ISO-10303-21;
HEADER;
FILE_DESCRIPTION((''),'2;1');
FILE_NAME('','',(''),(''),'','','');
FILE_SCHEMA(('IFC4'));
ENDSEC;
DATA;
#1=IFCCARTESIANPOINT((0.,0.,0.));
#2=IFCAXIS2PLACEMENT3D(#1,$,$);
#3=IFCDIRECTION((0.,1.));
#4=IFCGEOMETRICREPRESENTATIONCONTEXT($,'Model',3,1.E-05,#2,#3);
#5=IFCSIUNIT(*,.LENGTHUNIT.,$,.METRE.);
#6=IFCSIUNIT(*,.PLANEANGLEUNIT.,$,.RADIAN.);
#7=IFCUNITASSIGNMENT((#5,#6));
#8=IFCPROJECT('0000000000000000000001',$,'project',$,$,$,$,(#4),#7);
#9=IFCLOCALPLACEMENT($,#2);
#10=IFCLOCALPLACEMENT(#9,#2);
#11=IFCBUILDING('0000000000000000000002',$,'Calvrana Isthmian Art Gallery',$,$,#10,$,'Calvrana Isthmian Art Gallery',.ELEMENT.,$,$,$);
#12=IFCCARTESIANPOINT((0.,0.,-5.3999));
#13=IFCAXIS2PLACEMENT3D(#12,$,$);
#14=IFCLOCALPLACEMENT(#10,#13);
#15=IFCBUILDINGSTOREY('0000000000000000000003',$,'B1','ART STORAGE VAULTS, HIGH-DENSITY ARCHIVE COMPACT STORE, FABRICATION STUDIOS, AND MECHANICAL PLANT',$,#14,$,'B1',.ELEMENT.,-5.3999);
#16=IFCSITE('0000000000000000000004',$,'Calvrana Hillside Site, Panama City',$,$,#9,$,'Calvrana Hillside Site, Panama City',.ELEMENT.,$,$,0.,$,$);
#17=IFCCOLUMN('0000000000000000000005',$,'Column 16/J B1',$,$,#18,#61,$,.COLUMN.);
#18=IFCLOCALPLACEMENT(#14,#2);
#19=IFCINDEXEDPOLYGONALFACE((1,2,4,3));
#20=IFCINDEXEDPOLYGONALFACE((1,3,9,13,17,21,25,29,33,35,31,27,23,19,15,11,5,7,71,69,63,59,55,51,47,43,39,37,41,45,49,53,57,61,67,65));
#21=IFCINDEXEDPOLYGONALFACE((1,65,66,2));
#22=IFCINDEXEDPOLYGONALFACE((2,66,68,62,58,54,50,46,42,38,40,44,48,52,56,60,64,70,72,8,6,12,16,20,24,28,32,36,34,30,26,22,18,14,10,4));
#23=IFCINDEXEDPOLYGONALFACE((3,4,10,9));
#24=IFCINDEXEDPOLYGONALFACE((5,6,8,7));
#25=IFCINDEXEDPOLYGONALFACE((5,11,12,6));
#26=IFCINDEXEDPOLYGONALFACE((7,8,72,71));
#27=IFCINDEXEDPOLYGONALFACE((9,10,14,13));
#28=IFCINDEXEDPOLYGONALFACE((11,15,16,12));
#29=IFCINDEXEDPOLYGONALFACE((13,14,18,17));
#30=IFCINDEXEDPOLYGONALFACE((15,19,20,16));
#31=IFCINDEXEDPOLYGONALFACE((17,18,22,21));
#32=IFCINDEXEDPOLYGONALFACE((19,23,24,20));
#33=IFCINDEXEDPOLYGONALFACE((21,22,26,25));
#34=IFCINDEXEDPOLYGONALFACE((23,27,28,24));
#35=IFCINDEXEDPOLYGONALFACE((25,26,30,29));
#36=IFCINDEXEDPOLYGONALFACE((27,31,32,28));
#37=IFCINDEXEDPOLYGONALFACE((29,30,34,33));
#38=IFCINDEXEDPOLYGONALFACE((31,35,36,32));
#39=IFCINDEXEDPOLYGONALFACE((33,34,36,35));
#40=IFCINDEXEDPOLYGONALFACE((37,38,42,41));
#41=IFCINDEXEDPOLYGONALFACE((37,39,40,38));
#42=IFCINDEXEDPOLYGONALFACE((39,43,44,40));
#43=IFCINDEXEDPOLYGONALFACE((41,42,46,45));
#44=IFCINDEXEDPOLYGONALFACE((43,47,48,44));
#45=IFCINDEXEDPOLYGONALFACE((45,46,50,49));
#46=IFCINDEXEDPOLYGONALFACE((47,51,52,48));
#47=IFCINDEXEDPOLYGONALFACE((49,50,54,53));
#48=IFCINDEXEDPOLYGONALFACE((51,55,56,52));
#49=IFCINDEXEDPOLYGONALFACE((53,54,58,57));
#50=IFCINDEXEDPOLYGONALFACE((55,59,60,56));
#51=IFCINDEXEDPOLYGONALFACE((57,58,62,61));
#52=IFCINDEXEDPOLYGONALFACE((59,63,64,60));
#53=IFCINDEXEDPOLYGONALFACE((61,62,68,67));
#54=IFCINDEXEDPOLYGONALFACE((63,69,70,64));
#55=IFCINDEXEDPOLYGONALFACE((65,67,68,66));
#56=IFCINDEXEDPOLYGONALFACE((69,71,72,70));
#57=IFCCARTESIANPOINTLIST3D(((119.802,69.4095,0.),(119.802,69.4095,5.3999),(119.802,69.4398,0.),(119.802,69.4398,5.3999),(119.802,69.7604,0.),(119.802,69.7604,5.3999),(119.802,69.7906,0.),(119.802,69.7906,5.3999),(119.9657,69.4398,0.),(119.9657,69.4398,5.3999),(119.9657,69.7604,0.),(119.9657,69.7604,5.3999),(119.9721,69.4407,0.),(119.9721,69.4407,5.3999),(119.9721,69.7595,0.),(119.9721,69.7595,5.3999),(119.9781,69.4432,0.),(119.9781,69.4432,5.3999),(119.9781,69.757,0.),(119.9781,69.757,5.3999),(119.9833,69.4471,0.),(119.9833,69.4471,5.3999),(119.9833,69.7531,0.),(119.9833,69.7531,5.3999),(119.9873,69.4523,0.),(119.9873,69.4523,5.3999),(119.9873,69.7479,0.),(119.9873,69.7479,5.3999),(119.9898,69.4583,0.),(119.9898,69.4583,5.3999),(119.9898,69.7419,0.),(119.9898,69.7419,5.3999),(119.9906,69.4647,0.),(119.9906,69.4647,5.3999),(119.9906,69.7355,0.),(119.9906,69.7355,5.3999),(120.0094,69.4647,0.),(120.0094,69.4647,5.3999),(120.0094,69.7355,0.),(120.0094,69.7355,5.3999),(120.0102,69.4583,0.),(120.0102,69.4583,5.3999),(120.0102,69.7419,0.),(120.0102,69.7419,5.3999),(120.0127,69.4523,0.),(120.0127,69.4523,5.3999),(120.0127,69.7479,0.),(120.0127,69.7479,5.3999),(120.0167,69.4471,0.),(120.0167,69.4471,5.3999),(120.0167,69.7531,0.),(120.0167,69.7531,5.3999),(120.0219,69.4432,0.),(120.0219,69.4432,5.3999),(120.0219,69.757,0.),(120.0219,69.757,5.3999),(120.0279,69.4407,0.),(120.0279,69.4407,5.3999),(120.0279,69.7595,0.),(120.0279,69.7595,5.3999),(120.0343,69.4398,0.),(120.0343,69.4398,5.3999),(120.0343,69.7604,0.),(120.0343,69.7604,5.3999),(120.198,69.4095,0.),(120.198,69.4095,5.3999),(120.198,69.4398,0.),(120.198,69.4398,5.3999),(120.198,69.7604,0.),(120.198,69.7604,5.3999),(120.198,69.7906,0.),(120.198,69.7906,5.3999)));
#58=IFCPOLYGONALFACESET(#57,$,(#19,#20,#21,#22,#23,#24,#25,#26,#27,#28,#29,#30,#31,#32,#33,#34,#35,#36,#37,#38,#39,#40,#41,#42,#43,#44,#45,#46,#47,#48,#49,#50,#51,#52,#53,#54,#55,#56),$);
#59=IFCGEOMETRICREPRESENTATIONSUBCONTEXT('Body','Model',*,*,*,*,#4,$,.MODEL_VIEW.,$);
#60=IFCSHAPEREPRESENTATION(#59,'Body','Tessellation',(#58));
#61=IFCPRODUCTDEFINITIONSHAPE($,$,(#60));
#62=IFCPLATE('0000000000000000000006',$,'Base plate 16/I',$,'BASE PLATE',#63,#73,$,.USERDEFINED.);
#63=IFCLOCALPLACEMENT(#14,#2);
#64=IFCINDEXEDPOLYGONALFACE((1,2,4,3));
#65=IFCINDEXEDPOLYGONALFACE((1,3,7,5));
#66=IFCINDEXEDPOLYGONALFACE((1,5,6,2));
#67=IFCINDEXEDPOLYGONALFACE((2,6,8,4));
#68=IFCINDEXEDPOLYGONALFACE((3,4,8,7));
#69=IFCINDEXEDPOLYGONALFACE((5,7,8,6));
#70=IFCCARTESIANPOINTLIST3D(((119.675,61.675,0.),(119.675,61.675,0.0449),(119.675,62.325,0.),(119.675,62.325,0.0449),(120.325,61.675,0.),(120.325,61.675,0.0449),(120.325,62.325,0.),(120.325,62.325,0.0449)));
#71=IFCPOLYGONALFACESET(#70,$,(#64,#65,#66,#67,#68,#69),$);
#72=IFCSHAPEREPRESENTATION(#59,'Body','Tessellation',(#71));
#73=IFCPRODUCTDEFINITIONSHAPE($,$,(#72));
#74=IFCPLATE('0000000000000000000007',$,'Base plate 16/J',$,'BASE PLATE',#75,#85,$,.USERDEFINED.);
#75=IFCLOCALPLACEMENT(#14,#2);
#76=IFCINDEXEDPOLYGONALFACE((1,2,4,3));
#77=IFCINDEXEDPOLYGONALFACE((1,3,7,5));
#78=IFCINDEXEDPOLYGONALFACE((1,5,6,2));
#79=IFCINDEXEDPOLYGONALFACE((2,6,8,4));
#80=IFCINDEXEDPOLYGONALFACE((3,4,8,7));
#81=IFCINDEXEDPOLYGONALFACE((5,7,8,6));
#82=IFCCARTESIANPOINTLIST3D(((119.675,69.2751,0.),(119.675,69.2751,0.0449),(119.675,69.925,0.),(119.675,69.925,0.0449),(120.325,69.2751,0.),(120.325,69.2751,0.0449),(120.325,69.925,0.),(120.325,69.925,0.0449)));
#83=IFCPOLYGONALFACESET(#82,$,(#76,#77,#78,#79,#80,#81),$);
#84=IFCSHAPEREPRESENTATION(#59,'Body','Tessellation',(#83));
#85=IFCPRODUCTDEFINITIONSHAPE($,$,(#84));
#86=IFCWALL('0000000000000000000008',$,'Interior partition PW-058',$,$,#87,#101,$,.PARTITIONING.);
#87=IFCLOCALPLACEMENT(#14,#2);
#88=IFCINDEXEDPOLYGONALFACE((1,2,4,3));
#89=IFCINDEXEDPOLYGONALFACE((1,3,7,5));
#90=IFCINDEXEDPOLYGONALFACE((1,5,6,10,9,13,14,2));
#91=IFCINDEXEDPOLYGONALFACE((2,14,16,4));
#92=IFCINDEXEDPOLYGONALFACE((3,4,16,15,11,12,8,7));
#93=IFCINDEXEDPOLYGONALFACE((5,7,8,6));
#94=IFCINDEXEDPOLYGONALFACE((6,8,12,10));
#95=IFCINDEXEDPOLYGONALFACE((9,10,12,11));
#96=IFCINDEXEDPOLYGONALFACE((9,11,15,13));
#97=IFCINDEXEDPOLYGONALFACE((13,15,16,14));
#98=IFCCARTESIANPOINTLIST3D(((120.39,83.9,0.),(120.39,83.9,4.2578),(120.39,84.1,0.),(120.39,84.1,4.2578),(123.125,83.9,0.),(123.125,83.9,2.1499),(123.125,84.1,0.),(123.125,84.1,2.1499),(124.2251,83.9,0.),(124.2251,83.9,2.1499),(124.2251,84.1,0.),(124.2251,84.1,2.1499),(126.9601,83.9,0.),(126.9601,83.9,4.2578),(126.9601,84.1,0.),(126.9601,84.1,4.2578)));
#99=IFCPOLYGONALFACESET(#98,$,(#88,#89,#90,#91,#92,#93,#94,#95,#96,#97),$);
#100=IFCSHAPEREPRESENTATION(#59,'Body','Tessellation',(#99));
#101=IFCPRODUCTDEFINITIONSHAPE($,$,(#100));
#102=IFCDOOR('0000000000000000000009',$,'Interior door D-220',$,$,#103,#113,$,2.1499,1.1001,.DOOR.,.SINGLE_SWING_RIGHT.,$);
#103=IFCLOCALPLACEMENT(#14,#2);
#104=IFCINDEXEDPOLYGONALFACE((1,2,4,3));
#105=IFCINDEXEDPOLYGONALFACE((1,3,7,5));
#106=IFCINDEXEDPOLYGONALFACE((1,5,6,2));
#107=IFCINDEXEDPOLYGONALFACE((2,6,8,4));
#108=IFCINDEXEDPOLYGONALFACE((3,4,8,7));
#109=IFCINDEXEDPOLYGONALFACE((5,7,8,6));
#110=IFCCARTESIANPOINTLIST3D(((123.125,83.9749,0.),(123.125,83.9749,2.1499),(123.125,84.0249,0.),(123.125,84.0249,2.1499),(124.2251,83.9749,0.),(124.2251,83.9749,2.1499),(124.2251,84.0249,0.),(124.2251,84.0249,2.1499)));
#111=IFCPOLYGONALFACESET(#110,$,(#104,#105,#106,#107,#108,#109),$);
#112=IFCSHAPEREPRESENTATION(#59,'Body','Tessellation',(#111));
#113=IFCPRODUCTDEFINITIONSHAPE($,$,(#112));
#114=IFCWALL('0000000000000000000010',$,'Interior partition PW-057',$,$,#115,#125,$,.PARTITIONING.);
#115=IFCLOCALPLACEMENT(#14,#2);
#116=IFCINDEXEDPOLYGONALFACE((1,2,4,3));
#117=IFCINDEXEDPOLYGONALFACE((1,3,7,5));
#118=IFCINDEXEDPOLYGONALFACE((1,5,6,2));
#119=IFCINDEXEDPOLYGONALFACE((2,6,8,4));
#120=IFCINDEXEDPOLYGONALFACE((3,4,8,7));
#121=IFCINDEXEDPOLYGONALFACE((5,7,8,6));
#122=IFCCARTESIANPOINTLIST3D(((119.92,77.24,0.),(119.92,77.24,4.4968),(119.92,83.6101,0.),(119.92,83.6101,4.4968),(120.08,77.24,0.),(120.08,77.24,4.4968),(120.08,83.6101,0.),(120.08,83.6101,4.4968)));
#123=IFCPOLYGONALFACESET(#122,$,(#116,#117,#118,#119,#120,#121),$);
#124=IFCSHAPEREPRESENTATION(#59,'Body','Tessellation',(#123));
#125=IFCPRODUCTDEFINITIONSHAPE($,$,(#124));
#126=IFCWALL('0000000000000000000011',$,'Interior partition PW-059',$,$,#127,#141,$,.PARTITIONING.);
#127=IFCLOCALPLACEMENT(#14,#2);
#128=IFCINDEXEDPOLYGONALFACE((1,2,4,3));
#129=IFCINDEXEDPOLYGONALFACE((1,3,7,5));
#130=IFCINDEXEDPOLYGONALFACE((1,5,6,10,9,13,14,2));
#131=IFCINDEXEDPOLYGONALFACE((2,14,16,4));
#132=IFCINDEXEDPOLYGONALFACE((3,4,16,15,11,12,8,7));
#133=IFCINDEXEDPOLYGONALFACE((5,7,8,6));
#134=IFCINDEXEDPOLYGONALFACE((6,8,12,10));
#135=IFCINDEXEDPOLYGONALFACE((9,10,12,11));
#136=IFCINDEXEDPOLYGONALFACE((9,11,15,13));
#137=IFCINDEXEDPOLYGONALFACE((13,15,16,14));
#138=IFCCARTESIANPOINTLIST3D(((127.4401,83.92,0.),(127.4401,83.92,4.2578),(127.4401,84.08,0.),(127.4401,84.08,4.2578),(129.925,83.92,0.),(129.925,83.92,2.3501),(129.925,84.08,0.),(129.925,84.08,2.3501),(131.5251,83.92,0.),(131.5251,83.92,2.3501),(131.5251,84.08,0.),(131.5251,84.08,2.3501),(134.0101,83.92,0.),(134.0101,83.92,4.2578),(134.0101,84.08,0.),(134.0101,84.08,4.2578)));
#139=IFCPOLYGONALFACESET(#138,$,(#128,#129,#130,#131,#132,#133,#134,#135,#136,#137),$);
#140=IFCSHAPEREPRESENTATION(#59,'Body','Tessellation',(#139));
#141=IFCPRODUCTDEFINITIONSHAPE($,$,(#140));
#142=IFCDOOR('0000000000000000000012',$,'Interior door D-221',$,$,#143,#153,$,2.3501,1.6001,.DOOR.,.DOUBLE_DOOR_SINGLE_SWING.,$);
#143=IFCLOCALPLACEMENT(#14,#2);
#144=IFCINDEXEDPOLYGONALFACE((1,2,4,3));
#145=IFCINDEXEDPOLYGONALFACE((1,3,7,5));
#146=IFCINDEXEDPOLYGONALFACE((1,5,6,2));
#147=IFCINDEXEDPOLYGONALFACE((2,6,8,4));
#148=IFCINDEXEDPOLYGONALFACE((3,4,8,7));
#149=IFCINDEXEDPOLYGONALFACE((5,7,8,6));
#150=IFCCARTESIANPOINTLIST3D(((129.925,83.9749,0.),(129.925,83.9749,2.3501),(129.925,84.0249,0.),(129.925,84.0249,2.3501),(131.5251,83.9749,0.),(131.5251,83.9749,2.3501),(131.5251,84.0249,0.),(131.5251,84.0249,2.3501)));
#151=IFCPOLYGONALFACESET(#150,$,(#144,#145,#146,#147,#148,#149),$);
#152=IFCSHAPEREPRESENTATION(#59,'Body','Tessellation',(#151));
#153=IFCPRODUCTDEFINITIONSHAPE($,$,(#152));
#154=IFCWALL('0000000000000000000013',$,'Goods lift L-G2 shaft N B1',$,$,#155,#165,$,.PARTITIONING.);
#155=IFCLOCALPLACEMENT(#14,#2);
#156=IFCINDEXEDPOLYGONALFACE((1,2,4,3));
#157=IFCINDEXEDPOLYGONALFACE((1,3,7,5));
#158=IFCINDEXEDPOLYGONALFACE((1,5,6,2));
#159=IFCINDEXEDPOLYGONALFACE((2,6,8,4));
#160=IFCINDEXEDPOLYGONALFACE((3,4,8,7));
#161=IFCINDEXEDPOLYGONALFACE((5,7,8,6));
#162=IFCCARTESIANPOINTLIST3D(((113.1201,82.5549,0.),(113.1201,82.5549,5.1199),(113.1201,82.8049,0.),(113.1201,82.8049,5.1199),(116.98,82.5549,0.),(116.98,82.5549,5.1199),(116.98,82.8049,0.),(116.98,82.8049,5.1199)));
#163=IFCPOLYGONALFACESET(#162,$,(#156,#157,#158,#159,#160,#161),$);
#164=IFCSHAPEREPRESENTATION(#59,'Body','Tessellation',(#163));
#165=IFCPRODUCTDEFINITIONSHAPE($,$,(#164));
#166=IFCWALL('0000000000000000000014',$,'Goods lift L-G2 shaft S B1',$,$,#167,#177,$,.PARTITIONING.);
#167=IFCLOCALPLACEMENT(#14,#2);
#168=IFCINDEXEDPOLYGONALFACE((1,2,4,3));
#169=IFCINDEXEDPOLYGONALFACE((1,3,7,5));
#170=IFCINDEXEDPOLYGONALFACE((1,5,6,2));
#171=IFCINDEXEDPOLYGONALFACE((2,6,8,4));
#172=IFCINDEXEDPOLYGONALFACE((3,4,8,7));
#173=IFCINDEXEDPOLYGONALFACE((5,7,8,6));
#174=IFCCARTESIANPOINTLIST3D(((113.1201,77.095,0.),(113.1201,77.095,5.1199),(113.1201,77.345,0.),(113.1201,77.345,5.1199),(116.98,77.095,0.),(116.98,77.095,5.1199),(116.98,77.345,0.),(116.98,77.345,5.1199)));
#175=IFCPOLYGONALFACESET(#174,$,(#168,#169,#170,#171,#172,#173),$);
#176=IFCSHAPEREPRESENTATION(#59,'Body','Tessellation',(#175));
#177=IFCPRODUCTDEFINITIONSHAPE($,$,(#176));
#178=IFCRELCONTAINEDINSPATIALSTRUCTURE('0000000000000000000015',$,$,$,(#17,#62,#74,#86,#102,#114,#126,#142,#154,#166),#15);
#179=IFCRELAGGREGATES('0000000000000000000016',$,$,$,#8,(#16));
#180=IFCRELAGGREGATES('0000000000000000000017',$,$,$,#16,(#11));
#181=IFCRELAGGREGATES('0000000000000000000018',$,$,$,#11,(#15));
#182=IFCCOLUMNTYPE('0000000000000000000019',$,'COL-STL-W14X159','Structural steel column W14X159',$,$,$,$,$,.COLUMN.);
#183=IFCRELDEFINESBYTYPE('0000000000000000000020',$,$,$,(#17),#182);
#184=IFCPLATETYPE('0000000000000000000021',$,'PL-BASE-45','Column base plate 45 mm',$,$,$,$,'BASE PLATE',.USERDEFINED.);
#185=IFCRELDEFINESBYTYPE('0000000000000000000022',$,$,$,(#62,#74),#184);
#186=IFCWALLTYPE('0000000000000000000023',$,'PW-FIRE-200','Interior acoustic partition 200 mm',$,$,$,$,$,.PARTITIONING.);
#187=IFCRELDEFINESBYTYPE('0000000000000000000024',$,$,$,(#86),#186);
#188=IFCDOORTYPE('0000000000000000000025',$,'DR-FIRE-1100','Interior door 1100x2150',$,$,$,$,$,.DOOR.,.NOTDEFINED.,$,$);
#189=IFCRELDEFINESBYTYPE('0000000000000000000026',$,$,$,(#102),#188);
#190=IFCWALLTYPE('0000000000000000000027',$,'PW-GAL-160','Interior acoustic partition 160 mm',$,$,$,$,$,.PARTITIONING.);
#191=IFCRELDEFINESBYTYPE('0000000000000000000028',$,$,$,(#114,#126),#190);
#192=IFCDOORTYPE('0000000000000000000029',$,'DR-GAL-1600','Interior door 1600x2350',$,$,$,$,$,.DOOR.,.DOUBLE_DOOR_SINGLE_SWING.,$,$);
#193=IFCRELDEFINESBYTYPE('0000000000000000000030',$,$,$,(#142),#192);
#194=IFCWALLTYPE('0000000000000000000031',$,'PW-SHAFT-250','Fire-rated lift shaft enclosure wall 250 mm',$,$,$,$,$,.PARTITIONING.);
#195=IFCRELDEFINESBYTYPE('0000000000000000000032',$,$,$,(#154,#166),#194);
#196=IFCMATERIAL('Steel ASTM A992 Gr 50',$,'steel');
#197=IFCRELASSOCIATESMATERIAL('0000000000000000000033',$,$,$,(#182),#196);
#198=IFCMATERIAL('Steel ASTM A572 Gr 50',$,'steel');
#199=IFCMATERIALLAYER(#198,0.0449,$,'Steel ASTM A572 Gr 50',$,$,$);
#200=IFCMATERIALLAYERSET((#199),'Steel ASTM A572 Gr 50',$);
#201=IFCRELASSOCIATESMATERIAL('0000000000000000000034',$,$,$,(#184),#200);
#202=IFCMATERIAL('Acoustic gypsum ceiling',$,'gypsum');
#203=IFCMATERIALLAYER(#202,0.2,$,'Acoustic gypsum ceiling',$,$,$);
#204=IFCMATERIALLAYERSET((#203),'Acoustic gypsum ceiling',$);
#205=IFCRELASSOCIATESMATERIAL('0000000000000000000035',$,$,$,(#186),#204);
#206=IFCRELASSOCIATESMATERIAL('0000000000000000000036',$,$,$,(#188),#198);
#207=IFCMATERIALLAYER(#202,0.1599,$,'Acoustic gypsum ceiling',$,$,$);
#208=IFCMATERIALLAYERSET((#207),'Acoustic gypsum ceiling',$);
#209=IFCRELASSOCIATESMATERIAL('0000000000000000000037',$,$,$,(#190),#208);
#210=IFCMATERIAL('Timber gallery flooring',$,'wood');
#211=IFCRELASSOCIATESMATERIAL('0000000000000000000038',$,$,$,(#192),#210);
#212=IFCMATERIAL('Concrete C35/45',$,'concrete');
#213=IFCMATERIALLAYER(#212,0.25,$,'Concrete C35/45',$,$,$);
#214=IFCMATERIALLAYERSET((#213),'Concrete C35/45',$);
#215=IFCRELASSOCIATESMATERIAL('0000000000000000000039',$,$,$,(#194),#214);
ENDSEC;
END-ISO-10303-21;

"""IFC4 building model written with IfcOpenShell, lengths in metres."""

from ifc_helpers import new_model, si_unit, direction, frame, frame_2d, origin, origin_2d, place, context, subcontext, project, spatial, rectangle, i_section, extrude, material, layer, layer_set, material_profile, profile_set, type_object, element, fill, save


model = new_model("IFC4")

# Units and contexts
model_context = context("Model", 3, precision=1e-05, world=origin(), true_north=direction((0.0, 1.0)))
body_context = subcontext(model_context, "Body", "Model", "MODEL_VIEW")
ifc_project = project(units=[si_unit("LENGTHUNIT", "METRE"), si_unit("PLANEANGLEUNIT", "RADIAN")], contexts=[model_context])

# Site, building, storey
site_placement = place(None, origin())
site = spatial("IfcSite", under=ifc_project, at=site_placement, Name="Calvrana Hillside Site, Panama City", LongName="Calvrana Hillside Site, Panama City", CompositionType="ELEMENT", RefElevation=0.0)
building_placement = place(site_placement, origin())
building = spatial("IfcBuilding", under=site, at=building_placement, Name="Calvrana Isthmian Art Gallery", LongName="Calvrana Isthmian Art Gallery", CompositionType="ELEMENT")
storey_placement = place(building_placement, frame((0.0, 0.0, -5.3999)))
storey = spatial("IfcBuildingStorey", under=building, at=storey_placement, Name="B1", Description="ART STORAGE VAULTS, HIGH-DENSITY ARCHIVE COMPACT STORE, FABRICATION STUDIOS, AND MECHANICAL PLANT", LongName="B1", CompositionType="ELEMENT", Elevation=-5.3999)

# Shared definitions
ifc_material_1 = material(Name="Concrete C35/45", Category="concrete")

# Column
ifc_material_2 = material(Name="Steel ASTM A992 Gr 50", Category="steel")
ifc_material_profile_1 = material_profile(ifc_material_2, i_section(OverallWidth=0.396, OverallDepth=0.3811, WebThickness=0.0188, FlangeThickness=0.0303, FilletRadius=0.0249, at=origin_2d()), Name="W14X159")
ifc_profile_set_1 = profile_set([ifc_material_profile_1], Name="Steel ASTM A992 Gr 50")
column_type_1 = type_object("IfcColumnType", Name="COL-STL-W14X159", Description="Structural steel column W14X159", PredefinedType="COLUMN", material=ifc_profile_set_1)
column_placement = place(storey_placement, frame((120.0, 69.6001, 0.0), z_axis=(0.0, 0.0, 1.0), x_axis=(1.0, 0.0, 0.0)))
element("IfcColumn", 1, at=column_placement, inside=storey, type_object=column_type_1, Name="Column 16/J B1", PredefinedType="COLUMN", context=body_context, shape_type="SweptSolid", body=[
    extrude(i_section(OverallWidth=0.396, OverallDepth=0.3811, WebThickness=0.0188, FlangeThickness=0.0303, FilletRadius=0.0249, at=origin_2d()), origin(), (0.0, 0.0, 1.0), 5.3999),
])

# Plates
ifc_material_3 = material(Name="Steel ASTM A572 Gr 50", Category="steel")
ifc_layer_1 = layer(ifc_material_3, 0.0449, Name="Steel ASTM A572 Gr 50")
ifc_layer_set_1 = layer_set([ifc_layer_1], Name="Steel ASTM A572 Gr 50")
plate_type = type_object("IfcPlateType", Name="PL-BASE-45", Description="Column base plate 45 mm", ElementType="BASE PLATE", PredefinedType="USERDEFINED", material=ifc_layer_set_1)
for number, where, z_axis, x_axis, name in (
    (2, (120.0, 62.0, 0.0), (0.0, 0.0, 1.0), (1.0, 0.0, 0.0), "Base plate 16/I"),
    (3, (120.0, 69.6001, 0.0), (0.0, 0.0, 1.0), (1.0, 0.0, 0.0), "Base plate 16/J"),
):
    element("IfcPlate", number, at=place(storey_placement, frame(where, z_axis=z_axis, x_axis=x_axis)), inside=storey, type_object=plate_type, Name=name, ObjectType="BASE PLATE", PredefinedType="USERDEFINED", context=body_context, shape_type="SweptSolid", body=[
        extrude(rectangle(XDim=0.6499, YDim=0.6499, at=origin_2d()), origin(), (0.0, 0.0, 1.0), 0.0449),
    ])

# Wall, opening, door
ifc_material_4 = material(Name="Acoustic gypsum ceiling", Category="gypsum")
ifc_layer_2 = layer(ifc_material_4, 0.2, Name="Acoustic gypsum ceiling")
ifc_layer_set_2 = layer_set([ifc_layer_2], Name="Acoustic gypsum ceiling")
wall_type_1 = type_object("IfcWallType", Name="PW-FIRE-200", Description="Interior acoustic partition 200 mm", PredefinedType="PARTITIONING", material=ifc_layer_set_2)
wall_1_placement = place(storey_placement, frame((120.3899, 84.0, 0.0), z_axis=(0.0, 0.0, 1.0), x_axis=(1.0, 0.0, 0.0)))
wall_1 = element("IfcWall", 4, at=wall_1_placement, inside=storey, type_object=wall_type_1, Name="Interior partition PW-058", PredefinedType="PARTITIONING", context=body_context, shape_type="SweptSolid", body=[
    extrude(rectangle(XDim=6.5701, YDim=0.2, at=frame_2d((3.2852, 0.0))), origin(), (0.0, 0.0, 1.0), 4.2578),
])
opening_1_placement = place(wall_1_placement, frame((2.7351, 0.0, 0.0)))
opening_1 = element("IfcOpeningElement", 5, at=opening_1_placement, cuts=wall_1, PredefinedType="OPENING", context=body_context, shape_type="SweptSolid", body=[
    extrude(rectangle(XDim=1.1001, YDim=2.1499, at=frame_2d((0.55, 1.075))), frame((0.0, 0.1104, 0.0), z_axis=(0.0, -1.0, 0.0), x_axis=(1.0, 0.0, 0.0)), (0.0, 0.0, 1.0), 0.2205),
])
door_type_1 = type_object("IfcDoorType", Name="DR-FIRE-1100", Description="Interior door 1100x2150", OperationType="NOTDEFINED", PredefinedType="DOOR", material=ifc_material_3)
door_1_placement = place(opening_1_placement, origin())
door_1 = element("IfcDoor", 6, at=door_1_placement, inside=storey, type_object=door_type_1, Name="Interior door D-220", OperationType="SINGLE_SWING_RIGHT", OverallHeight=2.1499, OverallWidth=1.1001, PredefinedType="DOOR", context=body_context, shape_type="SweptSolid", body=[
    extrude(rectangle(XDim=1.1001, YDim=2.1499, at=frame_2d((0.55, 1.075))), frame((0.0, 0.0249, 0.0), z_axis=(0.0, -1.0, 0.0), x_axis=(1.0, 0.0, 0.0)), (0.0, 0.0, 1.0), 0.05),
])
fill(opening_1, door_1)

# Wall
ifc_layer_3 = layer(ifc_material_4, 0.1599, Name="Acoustic gypsum ceiling")
ifc_layer_set_3 = layer_set([ifc_layer_3], Name="Acoustic gypsum ceiling")
wall_type_2 = type_object("IfcWallType", Name="PW-GAL-160", Description="Interior acoustic partition 160 mm", PredefinedType="PARTITIONING", material=ifc_layer_set_3)
wall_2_placement = place(storey_placement, frame((120.0, 77.24, 0.0), z_axis=(0.0, 0.0, 1.0), x_axis=(0.0, 1.0, 0.0)))
element("IfcWall", 7, at=wall_2_placement, inside=storey, type_object=wall_type_2, Name="Interior partition PW-057", PredefinedType="PARTITIONING", context=body_context, shape_type="SweptSolid", body=[
    extrude(rectangle(XDim=6.3701, YDim=0.1599, at=frame_2d((3.1851, 0.0))), origin(), (0.0, 0.0, 1.0), 4.4968),
])

# Wall, opening, door
wall_3_placement = place(storey_placement, frame((127.4399, 84.0, 0.0), z_axis=(0.0, 0.0, 1.0), x_axis=(1.0, 0.0, 0.0)))
wall_3 = element("IfcWall", 8, at=wall_3_placement, inside=storey, type_object=wall_type_2, Name="Interior partition PW-059", PredefinedType="PARTITIONING", context=body_context, shape_type="SweptSolid", body=[
    extrude(rectangle(XDim=6.5701, YDim=0.1599, at=frame_2d((3.2852, 0.0))), origin(), (0.0, 0.0, 1.0), 4.2578),
])
opening_2_placement = place(wall_3_placement, frame((2.4851, 0.0, 0.0)))
opening_2 = element("IfcOpeningElement", 9, at=opening_2_placement, cuts=wall_3, PredefinedType="OPENING", context=body_context, shape_type="SweptSolid", body=[
    extrude(rectangle(XDim=1.6001, YDim=2.3501, at=frame_2d((0.8, 1.175))), frame((0.0, 0.0903, 0.0), z_axis=(0.0, -1.0, 0.0), x_axis=(1.0, 0.0, 0.0)), (0.0, 0.0, 1.0), 0.1804),
])
ifc_material_5 = material(Name="Timber gallery flooring", Category="wood")
door_type_2 = type_object("IfcDoorType", Name="DR-GAL-1600", Description="Interior door 1600x2350", OperationType="DOUBLE_DOOR_SINGLE_SWING", PredefinedType="DOOR", material=ifc_material_5)
door_2_placement = place(opening_2_placement, origin())
door_2 = element("IfcDoor", 10, at=door_2_placement, inside=storey, type_object=door_type_2, Name="Interior door D-221", OperationType="DOUBLE_DOOR_SINGLE_SWING", OverallHeight=2.3501, OverallWidth=1.6001, PredefinedType="DOOR", context=body_context, shape_type="SweptSolid", body=[
    extrude(rectangle(XDim=1.6001, YDim=2.3501, at=frame_2d((0.8, 1.175))), frame((0.0, 0.0249, 0.0), z_axis=(0.0, -1.0, 0.0), x_axis=(1.0, 0.0, 0.0)), (0.0, 0.0, 1.0), 0.05),
])
fill(opening_2, door_2)

# Walls
ifc_layer_4 = layer(ifc_material_1, 0.25, Name="Concrete C35/45")
ifc_layer_set_4 = layer_set([ifc_layer_4], Name="Concrete C35/45")
wall_type_3 = type_object("IfcWallType", Name="PW-SHAFT-250", Description="Fire-rated lift shaft enclosure wall 250 mm", PredefinedType="PARTITIONING", material=ifc_layer_set_4)
for number, where, z_axis, x_axis, name in (
    (11, (113.1201, 82.6799, 0.0), (0.0, 0.0, 1.0), (1.0, 0.0, 0.0), "Goods lift L-G2 shaft N B1"),
    (12, (113.1201, 77.22, 0.0), (0.0, 0.0, 1.0), (1.0, 0.0, 0.0), "Goods lift L-G2 shaft S B1"),
):
    element("IfcWall", number, at=place(storey_placement, frame(where, z_axis=z_axis, x_axis=x_axis)), inside=storey, type_object=wall_type_3, Name=name, PredefinedType="PARTITIONING", context=body_context, shape_type="SweptSolid", body=[
        extrude(rectangle(XDim=3.8599, YDim=0.25, at=frame_2d((1.9299, 0.0))), origin(), (0.0, 0.0, 1.0), 5.1199),
    ])

save(model, "model.ifc")
